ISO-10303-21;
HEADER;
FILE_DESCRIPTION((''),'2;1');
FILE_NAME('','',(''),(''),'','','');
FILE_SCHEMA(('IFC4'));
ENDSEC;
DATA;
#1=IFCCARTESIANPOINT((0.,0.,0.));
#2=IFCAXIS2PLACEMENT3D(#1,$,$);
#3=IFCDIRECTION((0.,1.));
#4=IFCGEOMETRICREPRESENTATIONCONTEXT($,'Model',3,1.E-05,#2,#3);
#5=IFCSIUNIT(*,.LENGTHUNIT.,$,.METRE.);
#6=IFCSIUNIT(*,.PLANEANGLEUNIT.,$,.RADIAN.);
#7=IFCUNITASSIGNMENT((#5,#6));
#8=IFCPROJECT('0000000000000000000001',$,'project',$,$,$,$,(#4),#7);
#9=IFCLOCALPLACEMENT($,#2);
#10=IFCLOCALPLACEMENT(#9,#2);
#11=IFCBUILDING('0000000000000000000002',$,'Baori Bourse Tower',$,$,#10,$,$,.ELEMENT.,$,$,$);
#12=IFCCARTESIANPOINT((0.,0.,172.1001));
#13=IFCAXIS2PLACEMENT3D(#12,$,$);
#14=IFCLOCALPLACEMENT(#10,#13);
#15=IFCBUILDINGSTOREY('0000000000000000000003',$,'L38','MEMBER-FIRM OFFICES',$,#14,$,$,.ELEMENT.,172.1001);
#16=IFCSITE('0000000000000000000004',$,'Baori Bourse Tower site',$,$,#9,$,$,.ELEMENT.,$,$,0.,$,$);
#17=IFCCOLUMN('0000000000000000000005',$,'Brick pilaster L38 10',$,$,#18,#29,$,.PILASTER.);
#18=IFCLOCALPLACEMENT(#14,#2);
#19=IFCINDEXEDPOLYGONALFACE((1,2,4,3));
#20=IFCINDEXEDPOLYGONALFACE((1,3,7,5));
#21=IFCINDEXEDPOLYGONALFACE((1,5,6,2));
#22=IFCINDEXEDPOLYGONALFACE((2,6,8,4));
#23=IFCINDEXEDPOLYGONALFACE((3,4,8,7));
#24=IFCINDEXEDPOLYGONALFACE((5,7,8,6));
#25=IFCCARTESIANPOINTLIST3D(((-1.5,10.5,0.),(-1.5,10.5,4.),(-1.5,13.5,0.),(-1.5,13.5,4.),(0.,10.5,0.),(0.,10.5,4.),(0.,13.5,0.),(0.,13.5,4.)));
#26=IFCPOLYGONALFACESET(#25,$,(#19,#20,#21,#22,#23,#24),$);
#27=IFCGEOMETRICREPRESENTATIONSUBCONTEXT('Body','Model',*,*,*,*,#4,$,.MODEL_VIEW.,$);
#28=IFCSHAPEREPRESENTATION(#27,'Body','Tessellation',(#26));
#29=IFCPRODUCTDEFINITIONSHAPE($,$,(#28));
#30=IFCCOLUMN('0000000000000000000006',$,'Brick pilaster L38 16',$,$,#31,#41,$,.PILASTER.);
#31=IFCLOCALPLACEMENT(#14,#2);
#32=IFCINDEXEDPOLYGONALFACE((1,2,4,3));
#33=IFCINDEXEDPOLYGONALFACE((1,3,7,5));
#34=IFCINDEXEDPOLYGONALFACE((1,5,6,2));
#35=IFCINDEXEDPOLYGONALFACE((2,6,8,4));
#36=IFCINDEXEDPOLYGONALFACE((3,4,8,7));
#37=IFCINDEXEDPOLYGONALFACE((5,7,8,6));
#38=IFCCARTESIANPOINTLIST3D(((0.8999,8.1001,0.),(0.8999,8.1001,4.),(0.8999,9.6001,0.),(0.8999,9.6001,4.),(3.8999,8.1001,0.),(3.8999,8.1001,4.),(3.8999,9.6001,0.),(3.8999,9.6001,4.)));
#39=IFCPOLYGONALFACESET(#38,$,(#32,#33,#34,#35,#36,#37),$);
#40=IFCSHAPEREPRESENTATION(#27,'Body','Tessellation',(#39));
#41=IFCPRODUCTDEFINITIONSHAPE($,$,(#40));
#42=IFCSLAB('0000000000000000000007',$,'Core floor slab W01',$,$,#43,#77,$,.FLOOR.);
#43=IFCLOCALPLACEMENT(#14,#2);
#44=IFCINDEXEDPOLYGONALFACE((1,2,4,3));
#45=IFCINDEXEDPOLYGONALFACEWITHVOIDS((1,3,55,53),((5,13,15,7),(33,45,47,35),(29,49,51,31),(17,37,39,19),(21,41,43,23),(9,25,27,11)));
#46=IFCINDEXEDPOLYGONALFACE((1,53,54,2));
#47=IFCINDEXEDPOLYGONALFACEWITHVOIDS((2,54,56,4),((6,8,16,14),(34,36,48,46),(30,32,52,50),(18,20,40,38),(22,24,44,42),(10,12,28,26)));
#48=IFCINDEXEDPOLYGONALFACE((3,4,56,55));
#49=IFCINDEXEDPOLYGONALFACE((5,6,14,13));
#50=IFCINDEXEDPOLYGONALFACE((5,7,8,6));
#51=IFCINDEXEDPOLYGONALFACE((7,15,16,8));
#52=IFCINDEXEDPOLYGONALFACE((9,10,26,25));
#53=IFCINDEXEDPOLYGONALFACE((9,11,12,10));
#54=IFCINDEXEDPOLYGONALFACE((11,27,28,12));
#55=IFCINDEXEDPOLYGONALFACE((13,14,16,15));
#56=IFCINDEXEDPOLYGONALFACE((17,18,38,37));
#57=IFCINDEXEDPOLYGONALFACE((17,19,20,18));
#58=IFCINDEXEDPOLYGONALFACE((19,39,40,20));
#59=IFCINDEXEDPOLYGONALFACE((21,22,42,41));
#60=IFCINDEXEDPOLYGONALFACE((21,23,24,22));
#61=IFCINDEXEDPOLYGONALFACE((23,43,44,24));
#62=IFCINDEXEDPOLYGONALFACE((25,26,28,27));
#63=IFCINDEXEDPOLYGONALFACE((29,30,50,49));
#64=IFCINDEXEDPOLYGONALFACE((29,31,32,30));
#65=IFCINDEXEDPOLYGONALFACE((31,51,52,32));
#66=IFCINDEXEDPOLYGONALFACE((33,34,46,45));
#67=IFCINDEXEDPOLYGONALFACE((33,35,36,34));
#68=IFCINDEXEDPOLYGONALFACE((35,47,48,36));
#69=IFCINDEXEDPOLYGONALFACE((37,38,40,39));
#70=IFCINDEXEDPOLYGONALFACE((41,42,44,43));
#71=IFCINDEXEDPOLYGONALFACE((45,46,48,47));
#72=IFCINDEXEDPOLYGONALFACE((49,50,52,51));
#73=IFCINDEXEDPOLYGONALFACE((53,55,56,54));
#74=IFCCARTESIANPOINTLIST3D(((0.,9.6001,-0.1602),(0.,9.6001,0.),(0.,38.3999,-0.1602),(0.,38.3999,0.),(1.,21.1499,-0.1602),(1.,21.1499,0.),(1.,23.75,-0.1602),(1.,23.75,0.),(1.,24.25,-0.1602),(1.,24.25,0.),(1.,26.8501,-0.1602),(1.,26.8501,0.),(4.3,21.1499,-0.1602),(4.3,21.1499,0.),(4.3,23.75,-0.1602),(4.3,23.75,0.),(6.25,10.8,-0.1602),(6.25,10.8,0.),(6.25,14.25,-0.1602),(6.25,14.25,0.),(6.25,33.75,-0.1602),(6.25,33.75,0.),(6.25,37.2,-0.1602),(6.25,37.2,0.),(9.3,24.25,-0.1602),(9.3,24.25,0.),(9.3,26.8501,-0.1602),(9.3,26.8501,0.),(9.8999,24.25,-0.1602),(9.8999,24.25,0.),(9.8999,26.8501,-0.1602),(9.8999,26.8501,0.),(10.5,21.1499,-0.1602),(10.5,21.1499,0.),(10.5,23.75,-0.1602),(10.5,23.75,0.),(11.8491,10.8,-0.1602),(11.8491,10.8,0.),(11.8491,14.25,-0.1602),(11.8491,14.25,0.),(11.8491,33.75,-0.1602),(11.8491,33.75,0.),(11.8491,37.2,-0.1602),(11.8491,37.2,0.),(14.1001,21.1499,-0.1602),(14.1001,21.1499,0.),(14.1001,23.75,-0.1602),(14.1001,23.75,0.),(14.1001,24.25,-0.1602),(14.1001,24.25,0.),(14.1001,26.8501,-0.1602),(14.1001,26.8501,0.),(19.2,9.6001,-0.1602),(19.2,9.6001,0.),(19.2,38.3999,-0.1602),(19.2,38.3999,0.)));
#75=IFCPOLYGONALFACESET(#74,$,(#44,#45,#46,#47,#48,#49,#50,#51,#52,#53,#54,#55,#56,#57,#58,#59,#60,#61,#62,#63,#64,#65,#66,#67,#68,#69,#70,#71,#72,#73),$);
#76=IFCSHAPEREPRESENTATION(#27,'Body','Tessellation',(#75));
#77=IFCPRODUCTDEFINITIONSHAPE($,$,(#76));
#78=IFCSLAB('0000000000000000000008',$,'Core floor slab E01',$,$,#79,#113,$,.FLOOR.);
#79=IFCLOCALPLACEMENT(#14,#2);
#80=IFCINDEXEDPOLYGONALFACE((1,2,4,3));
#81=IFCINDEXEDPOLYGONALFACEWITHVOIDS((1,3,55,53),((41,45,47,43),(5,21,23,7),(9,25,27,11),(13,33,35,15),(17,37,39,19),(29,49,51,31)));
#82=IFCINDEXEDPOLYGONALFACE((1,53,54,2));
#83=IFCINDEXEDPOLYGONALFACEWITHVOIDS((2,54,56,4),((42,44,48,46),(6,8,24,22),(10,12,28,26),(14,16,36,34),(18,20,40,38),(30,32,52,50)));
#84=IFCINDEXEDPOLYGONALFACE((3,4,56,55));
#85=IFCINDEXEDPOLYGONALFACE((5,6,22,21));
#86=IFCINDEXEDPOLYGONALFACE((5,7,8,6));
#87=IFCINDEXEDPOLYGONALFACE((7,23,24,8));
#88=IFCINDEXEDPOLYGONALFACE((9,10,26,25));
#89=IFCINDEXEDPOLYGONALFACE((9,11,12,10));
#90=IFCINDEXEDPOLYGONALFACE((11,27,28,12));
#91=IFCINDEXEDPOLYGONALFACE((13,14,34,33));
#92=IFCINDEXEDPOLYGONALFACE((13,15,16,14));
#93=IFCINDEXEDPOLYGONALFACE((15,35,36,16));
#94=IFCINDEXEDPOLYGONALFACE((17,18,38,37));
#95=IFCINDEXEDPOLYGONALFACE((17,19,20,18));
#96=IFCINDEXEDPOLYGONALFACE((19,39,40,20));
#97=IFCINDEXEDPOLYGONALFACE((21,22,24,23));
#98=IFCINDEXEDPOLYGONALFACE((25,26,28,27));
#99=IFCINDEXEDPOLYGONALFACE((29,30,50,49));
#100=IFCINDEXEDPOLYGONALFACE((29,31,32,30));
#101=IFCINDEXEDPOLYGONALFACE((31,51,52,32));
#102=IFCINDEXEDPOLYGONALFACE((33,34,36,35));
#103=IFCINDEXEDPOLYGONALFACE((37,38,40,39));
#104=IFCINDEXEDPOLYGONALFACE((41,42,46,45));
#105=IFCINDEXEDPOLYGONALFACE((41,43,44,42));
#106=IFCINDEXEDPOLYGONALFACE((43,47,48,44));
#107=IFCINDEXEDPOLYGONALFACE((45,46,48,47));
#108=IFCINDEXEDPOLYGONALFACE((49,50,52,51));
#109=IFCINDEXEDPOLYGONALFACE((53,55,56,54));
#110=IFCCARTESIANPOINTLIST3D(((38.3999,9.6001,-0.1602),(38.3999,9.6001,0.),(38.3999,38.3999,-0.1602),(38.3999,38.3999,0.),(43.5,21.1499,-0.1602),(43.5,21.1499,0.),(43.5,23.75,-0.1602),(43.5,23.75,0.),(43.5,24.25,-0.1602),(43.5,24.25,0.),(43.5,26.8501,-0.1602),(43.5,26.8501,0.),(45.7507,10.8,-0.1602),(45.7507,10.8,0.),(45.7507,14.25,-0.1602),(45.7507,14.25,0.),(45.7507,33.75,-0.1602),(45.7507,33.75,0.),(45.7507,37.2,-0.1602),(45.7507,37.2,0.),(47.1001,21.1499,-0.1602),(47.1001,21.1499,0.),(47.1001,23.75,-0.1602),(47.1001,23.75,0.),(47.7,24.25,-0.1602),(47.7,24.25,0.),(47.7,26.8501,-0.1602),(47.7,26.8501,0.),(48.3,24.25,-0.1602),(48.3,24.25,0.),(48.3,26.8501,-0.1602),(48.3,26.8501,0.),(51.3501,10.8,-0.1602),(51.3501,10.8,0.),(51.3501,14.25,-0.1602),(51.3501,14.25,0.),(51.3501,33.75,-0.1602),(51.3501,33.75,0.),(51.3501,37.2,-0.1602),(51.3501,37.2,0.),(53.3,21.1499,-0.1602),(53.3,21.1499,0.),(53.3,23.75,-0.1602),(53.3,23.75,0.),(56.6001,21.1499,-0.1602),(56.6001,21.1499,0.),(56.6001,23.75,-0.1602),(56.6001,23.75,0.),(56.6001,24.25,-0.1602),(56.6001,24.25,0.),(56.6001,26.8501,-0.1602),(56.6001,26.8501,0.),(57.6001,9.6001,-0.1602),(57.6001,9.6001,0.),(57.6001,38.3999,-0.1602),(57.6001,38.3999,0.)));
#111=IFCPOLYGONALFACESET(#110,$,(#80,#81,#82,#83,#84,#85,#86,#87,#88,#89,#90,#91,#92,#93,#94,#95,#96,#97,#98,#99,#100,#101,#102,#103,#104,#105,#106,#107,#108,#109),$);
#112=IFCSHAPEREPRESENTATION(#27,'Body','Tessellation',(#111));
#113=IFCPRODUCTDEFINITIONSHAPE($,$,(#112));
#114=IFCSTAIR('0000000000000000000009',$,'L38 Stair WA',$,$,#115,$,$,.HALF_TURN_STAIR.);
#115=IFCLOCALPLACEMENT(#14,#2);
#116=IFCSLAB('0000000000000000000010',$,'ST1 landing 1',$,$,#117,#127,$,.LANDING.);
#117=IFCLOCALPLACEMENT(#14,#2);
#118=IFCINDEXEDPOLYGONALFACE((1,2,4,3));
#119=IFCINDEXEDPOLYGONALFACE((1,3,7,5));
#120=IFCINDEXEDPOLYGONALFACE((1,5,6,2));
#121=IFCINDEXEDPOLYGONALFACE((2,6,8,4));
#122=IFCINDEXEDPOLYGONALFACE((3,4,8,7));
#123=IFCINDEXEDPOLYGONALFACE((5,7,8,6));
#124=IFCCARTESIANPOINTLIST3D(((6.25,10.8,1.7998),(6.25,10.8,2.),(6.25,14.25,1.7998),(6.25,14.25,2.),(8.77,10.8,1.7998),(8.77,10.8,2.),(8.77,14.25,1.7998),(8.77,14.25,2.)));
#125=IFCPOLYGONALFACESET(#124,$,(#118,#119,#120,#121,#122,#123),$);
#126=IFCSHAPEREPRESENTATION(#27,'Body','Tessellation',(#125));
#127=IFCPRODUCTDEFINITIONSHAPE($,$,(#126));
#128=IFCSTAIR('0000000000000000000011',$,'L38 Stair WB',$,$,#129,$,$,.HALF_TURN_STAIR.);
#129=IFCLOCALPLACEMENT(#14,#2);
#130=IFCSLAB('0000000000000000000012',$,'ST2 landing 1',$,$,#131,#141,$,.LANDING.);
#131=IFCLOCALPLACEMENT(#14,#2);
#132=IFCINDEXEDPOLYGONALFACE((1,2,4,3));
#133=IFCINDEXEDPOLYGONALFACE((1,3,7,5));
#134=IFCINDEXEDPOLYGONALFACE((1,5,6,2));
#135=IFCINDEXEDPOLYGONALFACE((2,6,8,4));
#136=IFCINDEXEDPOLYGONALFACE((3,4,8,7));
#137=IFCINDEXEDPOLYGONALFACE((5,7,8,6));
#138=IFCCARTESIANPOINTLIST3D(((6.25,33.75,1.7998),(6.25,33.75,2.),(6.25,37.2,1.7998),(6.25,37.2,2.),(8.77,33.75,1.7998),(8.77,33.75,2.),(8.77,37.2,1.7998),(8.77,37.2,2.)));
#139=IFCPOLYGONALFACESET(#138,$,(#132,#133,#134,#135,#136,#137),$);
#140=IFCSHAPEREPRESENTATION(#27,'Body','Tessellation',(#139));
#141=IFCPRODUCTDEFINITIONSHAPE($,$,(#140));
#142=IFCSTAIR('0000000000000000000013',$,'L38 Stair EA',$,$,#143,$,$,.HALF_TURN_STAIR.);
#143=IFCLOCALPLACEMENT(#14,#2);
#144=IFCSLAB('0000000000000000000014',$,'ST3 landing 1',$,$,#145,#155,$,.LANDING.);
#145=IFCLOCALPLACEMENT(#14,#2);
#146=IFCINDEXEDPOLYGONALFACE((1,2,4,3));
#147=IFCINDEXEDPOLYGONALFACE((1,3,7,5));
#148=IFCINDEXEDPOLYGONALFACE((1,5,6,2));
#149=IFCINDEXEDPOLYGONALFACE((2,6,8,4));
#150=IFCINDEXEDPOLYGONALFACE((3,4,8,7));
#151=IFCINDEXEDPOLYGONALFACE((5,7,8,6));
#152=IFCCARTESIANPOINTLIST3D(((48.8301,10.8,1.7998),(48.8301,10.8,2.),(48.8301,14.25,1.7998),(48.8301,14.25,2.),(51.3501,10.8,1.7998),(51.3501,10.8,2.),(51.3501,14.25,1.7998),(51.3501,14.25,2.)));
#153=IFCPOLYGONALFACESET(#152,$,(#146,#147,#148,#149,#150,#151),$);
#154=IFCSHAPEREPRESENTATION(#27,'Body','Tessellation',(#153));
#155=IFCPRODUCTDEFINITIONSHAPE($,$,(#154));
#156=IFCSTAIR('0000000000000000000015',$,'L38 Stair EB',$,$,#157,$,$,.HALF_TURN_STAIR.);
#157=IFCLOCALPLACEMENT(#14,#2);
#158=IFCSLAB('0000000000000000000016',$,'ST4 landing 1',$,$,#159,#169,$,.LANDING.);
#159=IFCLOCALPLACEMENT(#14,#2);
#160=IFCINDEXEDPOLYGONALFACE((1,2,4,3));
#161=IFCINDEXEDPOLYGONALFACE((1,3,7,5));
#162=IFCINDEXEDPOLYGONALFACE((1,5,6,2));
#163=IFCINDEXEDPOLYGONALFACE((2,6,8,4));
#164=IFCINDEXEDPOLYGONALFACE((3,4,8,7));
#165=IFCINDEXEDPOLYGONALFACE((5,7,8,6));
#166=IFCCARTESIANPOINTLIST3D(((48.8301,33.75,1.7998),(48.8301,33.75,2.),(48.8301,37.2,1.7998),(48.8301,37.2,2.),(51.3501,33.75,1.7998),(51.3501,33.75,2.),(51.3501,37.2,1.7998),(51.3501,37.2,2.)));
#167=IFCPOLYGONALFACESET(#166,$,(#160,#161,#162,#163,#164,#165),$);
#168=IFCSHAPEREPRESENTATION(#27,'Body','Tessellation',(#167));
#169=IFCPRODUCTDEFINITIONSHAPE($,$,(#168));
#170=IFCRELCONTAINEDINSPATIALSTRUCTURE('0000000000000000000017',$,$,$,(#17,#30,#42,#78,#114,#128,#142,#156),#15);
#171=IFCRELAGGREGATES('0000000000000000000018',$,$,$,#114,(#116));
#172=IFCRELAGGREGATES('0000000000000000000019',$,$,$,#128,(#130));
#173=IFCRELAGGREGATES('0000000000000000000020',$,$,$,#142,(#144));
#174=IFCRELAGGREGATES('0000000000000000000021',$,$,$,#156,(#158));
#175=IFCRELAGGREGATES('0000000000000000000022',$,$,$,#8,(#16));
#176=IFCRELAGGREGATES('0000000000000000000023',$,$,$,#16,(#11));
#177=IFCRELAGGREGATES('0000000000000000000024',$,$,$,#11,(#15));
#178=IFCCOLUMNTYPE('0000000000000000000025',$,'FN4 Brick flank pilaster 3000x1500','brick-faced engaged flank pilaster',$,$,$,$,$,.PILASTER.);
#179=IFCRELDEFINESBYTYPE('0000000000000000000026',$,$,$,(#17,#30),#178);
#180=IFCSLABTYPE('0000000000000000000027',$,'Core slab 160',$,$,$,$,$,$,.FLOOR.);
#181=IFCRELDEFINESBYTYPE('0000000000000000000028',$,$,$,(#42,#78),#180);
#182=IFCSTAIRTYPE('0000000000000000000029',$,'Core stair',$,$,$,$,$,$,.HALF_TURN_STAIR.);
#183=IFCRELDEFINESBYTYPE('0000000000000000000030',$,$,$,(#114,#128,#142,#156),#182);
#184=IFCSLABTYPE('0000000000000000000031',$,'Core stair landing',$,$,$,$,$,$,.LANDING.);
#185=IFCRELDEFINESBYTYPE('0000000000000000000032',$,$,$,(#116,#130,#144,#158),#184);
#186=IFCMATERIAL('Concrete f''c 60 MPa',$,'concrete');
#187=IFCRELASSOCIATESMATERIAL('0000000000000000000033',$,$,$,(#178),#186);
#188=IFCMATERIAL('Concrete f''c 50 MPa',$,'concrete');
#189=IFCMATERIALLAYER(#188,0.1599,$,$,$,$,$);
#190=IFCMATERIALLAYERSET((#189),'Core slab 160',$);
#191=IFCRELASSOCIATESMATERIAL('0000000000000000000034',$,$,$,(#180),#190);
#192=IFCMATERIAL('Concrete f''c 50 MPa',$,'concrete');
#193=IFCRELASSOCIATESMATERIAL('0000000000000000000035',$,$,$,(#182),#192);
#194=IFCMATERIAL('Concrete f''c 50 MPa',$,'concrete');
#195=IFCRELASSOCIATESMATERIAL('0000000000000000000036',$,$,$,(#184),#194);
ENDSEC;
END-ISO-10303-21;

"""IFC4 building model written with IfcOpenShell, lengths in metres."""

from ifc_helpers import new_model, si_unit, direction, frame, origin, origin_2d, place, context, subcontext, project, spatial, polyline, rectangle, outline, extrude, material, layer, layer_set, material_profile, profile_set, type_object, element, aggregate, save


model = new_model("IFC4")

# Units and contexts
model_context = context("Model", 3, precision=1e-05, world=origin(), true_north=direction((0.0, 1.0)))
body_context = subcontext(model_context, "Body", "Model", "MODEL_VIEW")
ifc_project = project(units=[si_unit("LENGTHUNIT", "METRE"), si_unit("PLANEANGLEUNIT", "RADIAN")], contexts=[model_context])

# Site, building, storey
site_placement = place(None, origin())
site = spatial("IfcSite", under=ifc_project, at=site_placement, Name="Baori Bourse Tower site", CompositionType="ELEMENT", RefElevation=0.0)
building_placement = place(site_placement, origin())
building = spatial("IfcBuilding", under=site, at=building_placement, Name="Baori Bourse Tower", CompositionType="ELEMENT")
storey_placement = place(building_placement, frame((0.0, 0.0, 172.1001)))
storey = spatial("IfcBuildingStorey", under=building, at=storey_placement, Name="L38", Description="MEMBER-FIRM OFFICES", CompositionType="ELEMENT", Elevation=172.1001)

# Columns
ifc_material_1 = material(Name="Concrete f'c 60 MPa", Category="concrete")
ifc_material_profile = material_profile(ifc_material_1, rectangle(XDim=3.0, YDim=1.5, at=origin_2d()), Name="RC 3000x1500")
ifc_profile_set = profile_set([ifc_material_profile], Name="Concrete f'c 60 MPa")
column_type = type_object("IfcColumnType", Name="FN4 Brick flank pilaster 3000x1500", Description="brick-faced engaged flank pilaster", PredefinedType="PILASTER", material=ifc_profile_set)
for number, where, z_axis, x_axis, name in (
    (1, (-0.75, 12.0, 0.0), (0.0, 0.0, 1.0), (0.0, 1.0, 0.0), "Brick pilaster L38 10"),
    (2, (2.3999, 8.8501, 0.0), (0.0, 0.0, 1.0), (1.0, 0.0, 0.0), "Brick pilaster L38 16"),
):
    element("IfcColumn", number, at=place(storey_placement, frame(where, z_axis=z_axis, x_axis=x_axis)), inside=storey, type_object=column_type, Name=name, PredefinedType="PILASTER", context=body_context, shape_type="SweptSolid", body=[
        extrude(rectangle(XDim=3.0, YDim=1.5, at=origin_2d()), origin(), (0.0, 0.0, 1.0), 4.0),
    ])

# Slabs
ifc_material_2 = material(Name="Concrete f'c 50 MPa", Category="concrete")
ifc_layer_1 = layer(ifc_material_2, 0.1599)
ifc_layer_set_1 = layer_set([ifc_layer_1], Name="Core slab 160")
slab_type_1 = type_object("IfcSlabType", Name="Core slab 160", PredefinedType="FLOOR", material=ifc_layer_set_1)
slab_1_placement = place(storey_placement, frame((0.0, 0.0, -0.1602)))
element("IfcSlab", 3, at=slab_1_placement, inside=storey, type_object=slab_type_1, Name="Core floor slab W01", PredefinedType="FLOOR", context=body_context, shape_type="SweptSolid", body=[
    extrude(outline(polyline([(0.0, 38.3999), (0.0, 9.6001), (19.2, 9.6001), (19.2, 38.3999), (0.0, 38.3999)]), holes=[polyline([(10.5, 21.1499), (10.5, 23.75), (14.1001, 23.75), (14.1001, 21.1499), (10.5, 21.1499)]), polyline([(14.1001, 24.25), (9.8999, 24.25), (9.8999, 26.8501), (14.1001, 26.8501), (14.1001, 24.25)]), polyline([(6.25, 14.25), (11.8491, 14.25), (11.8491, 10.8), (6.25, 10.8), (6.25, 14.25)]), polyline([(11.8491, 37.2), (11.8491, 33.75), (6.25, 33.75), (6.25, 37.2), (11.8491, 37.2)]), polyline([(1.0, 26.8501), (9.3, 26.8501), (9.3, 24.25), (1.0, 24.25), (1.0, 26.8501)]), polyline([(4.3, 23.75), (4.3, 21.1499), (1.0, 21.1499), (1.0, 23.75), (4.3, 23.75)])]), origin(), (0.0, 0.0, 1.0), 0.1602),
])
slab_2_placement = place(storey_placement, frame((0.0, 0.0, -0.1602)))
element("IfcSlab", 4, at=slab_2_placement, inside=storey, type_object=slab_type_1, Name="Core floor slab E01", PredefinedType="FLOOR", context=body_context, shape_type="SweptSolid", body=[
    extrude(outline(polyline([(57.6001, 38.3999), (38.3999, 38.3999), (38.3999, 9.6001), (57.6001, 9.6001), (57.6001, 38.3999)]), holes=[polyline([(56.6001, 21.1499), (53.3, 21.1499), (53.3, 23.75), (56.6001, 23.75), (56.6001, 21.1499)]), polyline([(56.6001, 26.8501), (56.6001, 24.25), (48.3, 24.25), (48.3, 26.8501), (56.6001, 26.8501)]), polyline([(45.7507, 14.25), (51.3501, 14.25), (51.3501, 10.8), (45.7507, 10.8), (45.7507, 14.25)]), polyline([(51.3501, 37.2), (51.3501, 33.75), (45.7507, 33.75), (45.7507, 37.2), (51.3501, 37.2)]), polyline([(43.5, 24.25), (43.5, 26.8501), (47.7, 26.8501), (47.7, 24.25), (43.5, 24.25)]), polyline([(43.5, 23.75), (47.1001, 23.75), (47.1001, 21.1499), (43.5, 21.1499), (43.5, 23.75)])]), origin(), (0.0, 0.0, 1.0), 0.1602),
])

# Stairs, slabs
ifc_material_3 = material(Name="Concrete f'c 50 MPa", Category="concrete")
stair_type = type_object("IfcStairType", Name="Core stair", PredefinedType="HALF_TURN_STAIR", material=ifc_material_3)
stair_1_placement = place(storey_placement, origin())
stair_1 = element("IfcStair", 5, at=stair_1_placement, inside=storey, type_object=stair_type, Name="L38 Stair WA", PredefinedType="HALF_TURN_STAIR")
ifc_material_4 = material(Name="Concrete f'c 50 MPa", Category="concrete")
slab_type_2 = type_object("IfcSlabType", Name="Core stair landing", PredefinedType="LANDING", material=ifc_material_4)
slab_3_placement = place(storey_placement, frame((0.0, 0.0, 1.7998)))
slab_3 = element("IfcSlab", 6, at=slab_3_placement, type_object=slab_type_2, Name="ST1 landing 1", PredefinedType="LANDING", context=body_context, shape_type="SweptSolid", body=[
    extrude(outline(polyline([(8.77, 14.25), (6.25, 14.25), (6.25, 10.8), (8.77, 10.8), (8.77, 14.25)])), origin(), (0.0, 0.0, 1.0), 0.2002),
])
aggregate(stair_1, [slab_3])
stair_2_placement = place(storey_placement, origin())
stair_2 = element("IfcStair", 7, at=stair_2_placement, inside=storey, type_object=stair_type, Name="L38 Stair WB", PredefinedType="HALF_TURN_STAIR")
slab_4_placement = place(storey_placement, frame((0.0, 0.0, 1.7998)))
slab_4 = element("IfcSlab", 8, at=slab_4_placement, type_object=slab_type_2, Name="ST2 landing 1", PredefinedType="LANDING", context=body_context, shape_type="SweptSolid", body=[
    extrude(outline(polyline([(8.77, 37.2), (6.25, 37.2), (6.25, 33.75), (8.77, 33.75), (8.77, 37.2)])), origin(), (0.0, 0.0, 1.0), 0.2002),
])
aggregate(stair_2, [slab_4])
stair_3_placement = place(storey_placement, origin())
stair_3 = element("IfcStair", 9, at=stair_3_placement, inside=storey, type_object=stair_type, Name="L38 Stair EA", PredefinedType="HALF_TURN_STAIR")
slab_5_placement = place(storey_placement, frame((0.0, 0.0, 1.7998)))
slab_5 = element("IfcSlab", 10, at=slab_5_placement, type_object=slab_type_2, Name="ST3 landing 1", PredefinedType="LANDING", context=body_context, shape_type="SweptSolid", body=[
    extrude(outline(polyline([(48.8301, 10.8), (51.3501, 10.8), (51.3501, 14.25), (48.8301, 14.25), (48.8301, 10.8)])), origin(), (0.0, 0.0, 1.0), 0.2002),
])
aggregate(stair_3, [slab_5])
stair_4_placement = place(storey_placement, origin())
stair_4 = element("IfcStair", 11, at=stair_4_placement, inside=storey, type_object=stair_type, Name="L38 Stair EB", PredefinedType="HALF_TURN_STAIR")
slab_6_placement = place(storey_placement, frame((0.0, 0.0, 1.7998)))
slab_6 = element("IfcSlab", 12, at=slab_6_placement, type_object=slab_type_2, Name="ST4 landing 1", PredefinedType="LANDING", context=body_context, shape_type="SweptSolid", body=[
    extrude(outline(polyline([(48.8301, 33.75), (51.3501, 33.75), (51.3501, 37.2), (48.8301, 37.2), (48.8301, 33.75)])), origin(), (0.0, 0.0, 1.0), 0.2002),
])
aggregate(stair_4, [slab_6])

save(model, "model.ifc")
